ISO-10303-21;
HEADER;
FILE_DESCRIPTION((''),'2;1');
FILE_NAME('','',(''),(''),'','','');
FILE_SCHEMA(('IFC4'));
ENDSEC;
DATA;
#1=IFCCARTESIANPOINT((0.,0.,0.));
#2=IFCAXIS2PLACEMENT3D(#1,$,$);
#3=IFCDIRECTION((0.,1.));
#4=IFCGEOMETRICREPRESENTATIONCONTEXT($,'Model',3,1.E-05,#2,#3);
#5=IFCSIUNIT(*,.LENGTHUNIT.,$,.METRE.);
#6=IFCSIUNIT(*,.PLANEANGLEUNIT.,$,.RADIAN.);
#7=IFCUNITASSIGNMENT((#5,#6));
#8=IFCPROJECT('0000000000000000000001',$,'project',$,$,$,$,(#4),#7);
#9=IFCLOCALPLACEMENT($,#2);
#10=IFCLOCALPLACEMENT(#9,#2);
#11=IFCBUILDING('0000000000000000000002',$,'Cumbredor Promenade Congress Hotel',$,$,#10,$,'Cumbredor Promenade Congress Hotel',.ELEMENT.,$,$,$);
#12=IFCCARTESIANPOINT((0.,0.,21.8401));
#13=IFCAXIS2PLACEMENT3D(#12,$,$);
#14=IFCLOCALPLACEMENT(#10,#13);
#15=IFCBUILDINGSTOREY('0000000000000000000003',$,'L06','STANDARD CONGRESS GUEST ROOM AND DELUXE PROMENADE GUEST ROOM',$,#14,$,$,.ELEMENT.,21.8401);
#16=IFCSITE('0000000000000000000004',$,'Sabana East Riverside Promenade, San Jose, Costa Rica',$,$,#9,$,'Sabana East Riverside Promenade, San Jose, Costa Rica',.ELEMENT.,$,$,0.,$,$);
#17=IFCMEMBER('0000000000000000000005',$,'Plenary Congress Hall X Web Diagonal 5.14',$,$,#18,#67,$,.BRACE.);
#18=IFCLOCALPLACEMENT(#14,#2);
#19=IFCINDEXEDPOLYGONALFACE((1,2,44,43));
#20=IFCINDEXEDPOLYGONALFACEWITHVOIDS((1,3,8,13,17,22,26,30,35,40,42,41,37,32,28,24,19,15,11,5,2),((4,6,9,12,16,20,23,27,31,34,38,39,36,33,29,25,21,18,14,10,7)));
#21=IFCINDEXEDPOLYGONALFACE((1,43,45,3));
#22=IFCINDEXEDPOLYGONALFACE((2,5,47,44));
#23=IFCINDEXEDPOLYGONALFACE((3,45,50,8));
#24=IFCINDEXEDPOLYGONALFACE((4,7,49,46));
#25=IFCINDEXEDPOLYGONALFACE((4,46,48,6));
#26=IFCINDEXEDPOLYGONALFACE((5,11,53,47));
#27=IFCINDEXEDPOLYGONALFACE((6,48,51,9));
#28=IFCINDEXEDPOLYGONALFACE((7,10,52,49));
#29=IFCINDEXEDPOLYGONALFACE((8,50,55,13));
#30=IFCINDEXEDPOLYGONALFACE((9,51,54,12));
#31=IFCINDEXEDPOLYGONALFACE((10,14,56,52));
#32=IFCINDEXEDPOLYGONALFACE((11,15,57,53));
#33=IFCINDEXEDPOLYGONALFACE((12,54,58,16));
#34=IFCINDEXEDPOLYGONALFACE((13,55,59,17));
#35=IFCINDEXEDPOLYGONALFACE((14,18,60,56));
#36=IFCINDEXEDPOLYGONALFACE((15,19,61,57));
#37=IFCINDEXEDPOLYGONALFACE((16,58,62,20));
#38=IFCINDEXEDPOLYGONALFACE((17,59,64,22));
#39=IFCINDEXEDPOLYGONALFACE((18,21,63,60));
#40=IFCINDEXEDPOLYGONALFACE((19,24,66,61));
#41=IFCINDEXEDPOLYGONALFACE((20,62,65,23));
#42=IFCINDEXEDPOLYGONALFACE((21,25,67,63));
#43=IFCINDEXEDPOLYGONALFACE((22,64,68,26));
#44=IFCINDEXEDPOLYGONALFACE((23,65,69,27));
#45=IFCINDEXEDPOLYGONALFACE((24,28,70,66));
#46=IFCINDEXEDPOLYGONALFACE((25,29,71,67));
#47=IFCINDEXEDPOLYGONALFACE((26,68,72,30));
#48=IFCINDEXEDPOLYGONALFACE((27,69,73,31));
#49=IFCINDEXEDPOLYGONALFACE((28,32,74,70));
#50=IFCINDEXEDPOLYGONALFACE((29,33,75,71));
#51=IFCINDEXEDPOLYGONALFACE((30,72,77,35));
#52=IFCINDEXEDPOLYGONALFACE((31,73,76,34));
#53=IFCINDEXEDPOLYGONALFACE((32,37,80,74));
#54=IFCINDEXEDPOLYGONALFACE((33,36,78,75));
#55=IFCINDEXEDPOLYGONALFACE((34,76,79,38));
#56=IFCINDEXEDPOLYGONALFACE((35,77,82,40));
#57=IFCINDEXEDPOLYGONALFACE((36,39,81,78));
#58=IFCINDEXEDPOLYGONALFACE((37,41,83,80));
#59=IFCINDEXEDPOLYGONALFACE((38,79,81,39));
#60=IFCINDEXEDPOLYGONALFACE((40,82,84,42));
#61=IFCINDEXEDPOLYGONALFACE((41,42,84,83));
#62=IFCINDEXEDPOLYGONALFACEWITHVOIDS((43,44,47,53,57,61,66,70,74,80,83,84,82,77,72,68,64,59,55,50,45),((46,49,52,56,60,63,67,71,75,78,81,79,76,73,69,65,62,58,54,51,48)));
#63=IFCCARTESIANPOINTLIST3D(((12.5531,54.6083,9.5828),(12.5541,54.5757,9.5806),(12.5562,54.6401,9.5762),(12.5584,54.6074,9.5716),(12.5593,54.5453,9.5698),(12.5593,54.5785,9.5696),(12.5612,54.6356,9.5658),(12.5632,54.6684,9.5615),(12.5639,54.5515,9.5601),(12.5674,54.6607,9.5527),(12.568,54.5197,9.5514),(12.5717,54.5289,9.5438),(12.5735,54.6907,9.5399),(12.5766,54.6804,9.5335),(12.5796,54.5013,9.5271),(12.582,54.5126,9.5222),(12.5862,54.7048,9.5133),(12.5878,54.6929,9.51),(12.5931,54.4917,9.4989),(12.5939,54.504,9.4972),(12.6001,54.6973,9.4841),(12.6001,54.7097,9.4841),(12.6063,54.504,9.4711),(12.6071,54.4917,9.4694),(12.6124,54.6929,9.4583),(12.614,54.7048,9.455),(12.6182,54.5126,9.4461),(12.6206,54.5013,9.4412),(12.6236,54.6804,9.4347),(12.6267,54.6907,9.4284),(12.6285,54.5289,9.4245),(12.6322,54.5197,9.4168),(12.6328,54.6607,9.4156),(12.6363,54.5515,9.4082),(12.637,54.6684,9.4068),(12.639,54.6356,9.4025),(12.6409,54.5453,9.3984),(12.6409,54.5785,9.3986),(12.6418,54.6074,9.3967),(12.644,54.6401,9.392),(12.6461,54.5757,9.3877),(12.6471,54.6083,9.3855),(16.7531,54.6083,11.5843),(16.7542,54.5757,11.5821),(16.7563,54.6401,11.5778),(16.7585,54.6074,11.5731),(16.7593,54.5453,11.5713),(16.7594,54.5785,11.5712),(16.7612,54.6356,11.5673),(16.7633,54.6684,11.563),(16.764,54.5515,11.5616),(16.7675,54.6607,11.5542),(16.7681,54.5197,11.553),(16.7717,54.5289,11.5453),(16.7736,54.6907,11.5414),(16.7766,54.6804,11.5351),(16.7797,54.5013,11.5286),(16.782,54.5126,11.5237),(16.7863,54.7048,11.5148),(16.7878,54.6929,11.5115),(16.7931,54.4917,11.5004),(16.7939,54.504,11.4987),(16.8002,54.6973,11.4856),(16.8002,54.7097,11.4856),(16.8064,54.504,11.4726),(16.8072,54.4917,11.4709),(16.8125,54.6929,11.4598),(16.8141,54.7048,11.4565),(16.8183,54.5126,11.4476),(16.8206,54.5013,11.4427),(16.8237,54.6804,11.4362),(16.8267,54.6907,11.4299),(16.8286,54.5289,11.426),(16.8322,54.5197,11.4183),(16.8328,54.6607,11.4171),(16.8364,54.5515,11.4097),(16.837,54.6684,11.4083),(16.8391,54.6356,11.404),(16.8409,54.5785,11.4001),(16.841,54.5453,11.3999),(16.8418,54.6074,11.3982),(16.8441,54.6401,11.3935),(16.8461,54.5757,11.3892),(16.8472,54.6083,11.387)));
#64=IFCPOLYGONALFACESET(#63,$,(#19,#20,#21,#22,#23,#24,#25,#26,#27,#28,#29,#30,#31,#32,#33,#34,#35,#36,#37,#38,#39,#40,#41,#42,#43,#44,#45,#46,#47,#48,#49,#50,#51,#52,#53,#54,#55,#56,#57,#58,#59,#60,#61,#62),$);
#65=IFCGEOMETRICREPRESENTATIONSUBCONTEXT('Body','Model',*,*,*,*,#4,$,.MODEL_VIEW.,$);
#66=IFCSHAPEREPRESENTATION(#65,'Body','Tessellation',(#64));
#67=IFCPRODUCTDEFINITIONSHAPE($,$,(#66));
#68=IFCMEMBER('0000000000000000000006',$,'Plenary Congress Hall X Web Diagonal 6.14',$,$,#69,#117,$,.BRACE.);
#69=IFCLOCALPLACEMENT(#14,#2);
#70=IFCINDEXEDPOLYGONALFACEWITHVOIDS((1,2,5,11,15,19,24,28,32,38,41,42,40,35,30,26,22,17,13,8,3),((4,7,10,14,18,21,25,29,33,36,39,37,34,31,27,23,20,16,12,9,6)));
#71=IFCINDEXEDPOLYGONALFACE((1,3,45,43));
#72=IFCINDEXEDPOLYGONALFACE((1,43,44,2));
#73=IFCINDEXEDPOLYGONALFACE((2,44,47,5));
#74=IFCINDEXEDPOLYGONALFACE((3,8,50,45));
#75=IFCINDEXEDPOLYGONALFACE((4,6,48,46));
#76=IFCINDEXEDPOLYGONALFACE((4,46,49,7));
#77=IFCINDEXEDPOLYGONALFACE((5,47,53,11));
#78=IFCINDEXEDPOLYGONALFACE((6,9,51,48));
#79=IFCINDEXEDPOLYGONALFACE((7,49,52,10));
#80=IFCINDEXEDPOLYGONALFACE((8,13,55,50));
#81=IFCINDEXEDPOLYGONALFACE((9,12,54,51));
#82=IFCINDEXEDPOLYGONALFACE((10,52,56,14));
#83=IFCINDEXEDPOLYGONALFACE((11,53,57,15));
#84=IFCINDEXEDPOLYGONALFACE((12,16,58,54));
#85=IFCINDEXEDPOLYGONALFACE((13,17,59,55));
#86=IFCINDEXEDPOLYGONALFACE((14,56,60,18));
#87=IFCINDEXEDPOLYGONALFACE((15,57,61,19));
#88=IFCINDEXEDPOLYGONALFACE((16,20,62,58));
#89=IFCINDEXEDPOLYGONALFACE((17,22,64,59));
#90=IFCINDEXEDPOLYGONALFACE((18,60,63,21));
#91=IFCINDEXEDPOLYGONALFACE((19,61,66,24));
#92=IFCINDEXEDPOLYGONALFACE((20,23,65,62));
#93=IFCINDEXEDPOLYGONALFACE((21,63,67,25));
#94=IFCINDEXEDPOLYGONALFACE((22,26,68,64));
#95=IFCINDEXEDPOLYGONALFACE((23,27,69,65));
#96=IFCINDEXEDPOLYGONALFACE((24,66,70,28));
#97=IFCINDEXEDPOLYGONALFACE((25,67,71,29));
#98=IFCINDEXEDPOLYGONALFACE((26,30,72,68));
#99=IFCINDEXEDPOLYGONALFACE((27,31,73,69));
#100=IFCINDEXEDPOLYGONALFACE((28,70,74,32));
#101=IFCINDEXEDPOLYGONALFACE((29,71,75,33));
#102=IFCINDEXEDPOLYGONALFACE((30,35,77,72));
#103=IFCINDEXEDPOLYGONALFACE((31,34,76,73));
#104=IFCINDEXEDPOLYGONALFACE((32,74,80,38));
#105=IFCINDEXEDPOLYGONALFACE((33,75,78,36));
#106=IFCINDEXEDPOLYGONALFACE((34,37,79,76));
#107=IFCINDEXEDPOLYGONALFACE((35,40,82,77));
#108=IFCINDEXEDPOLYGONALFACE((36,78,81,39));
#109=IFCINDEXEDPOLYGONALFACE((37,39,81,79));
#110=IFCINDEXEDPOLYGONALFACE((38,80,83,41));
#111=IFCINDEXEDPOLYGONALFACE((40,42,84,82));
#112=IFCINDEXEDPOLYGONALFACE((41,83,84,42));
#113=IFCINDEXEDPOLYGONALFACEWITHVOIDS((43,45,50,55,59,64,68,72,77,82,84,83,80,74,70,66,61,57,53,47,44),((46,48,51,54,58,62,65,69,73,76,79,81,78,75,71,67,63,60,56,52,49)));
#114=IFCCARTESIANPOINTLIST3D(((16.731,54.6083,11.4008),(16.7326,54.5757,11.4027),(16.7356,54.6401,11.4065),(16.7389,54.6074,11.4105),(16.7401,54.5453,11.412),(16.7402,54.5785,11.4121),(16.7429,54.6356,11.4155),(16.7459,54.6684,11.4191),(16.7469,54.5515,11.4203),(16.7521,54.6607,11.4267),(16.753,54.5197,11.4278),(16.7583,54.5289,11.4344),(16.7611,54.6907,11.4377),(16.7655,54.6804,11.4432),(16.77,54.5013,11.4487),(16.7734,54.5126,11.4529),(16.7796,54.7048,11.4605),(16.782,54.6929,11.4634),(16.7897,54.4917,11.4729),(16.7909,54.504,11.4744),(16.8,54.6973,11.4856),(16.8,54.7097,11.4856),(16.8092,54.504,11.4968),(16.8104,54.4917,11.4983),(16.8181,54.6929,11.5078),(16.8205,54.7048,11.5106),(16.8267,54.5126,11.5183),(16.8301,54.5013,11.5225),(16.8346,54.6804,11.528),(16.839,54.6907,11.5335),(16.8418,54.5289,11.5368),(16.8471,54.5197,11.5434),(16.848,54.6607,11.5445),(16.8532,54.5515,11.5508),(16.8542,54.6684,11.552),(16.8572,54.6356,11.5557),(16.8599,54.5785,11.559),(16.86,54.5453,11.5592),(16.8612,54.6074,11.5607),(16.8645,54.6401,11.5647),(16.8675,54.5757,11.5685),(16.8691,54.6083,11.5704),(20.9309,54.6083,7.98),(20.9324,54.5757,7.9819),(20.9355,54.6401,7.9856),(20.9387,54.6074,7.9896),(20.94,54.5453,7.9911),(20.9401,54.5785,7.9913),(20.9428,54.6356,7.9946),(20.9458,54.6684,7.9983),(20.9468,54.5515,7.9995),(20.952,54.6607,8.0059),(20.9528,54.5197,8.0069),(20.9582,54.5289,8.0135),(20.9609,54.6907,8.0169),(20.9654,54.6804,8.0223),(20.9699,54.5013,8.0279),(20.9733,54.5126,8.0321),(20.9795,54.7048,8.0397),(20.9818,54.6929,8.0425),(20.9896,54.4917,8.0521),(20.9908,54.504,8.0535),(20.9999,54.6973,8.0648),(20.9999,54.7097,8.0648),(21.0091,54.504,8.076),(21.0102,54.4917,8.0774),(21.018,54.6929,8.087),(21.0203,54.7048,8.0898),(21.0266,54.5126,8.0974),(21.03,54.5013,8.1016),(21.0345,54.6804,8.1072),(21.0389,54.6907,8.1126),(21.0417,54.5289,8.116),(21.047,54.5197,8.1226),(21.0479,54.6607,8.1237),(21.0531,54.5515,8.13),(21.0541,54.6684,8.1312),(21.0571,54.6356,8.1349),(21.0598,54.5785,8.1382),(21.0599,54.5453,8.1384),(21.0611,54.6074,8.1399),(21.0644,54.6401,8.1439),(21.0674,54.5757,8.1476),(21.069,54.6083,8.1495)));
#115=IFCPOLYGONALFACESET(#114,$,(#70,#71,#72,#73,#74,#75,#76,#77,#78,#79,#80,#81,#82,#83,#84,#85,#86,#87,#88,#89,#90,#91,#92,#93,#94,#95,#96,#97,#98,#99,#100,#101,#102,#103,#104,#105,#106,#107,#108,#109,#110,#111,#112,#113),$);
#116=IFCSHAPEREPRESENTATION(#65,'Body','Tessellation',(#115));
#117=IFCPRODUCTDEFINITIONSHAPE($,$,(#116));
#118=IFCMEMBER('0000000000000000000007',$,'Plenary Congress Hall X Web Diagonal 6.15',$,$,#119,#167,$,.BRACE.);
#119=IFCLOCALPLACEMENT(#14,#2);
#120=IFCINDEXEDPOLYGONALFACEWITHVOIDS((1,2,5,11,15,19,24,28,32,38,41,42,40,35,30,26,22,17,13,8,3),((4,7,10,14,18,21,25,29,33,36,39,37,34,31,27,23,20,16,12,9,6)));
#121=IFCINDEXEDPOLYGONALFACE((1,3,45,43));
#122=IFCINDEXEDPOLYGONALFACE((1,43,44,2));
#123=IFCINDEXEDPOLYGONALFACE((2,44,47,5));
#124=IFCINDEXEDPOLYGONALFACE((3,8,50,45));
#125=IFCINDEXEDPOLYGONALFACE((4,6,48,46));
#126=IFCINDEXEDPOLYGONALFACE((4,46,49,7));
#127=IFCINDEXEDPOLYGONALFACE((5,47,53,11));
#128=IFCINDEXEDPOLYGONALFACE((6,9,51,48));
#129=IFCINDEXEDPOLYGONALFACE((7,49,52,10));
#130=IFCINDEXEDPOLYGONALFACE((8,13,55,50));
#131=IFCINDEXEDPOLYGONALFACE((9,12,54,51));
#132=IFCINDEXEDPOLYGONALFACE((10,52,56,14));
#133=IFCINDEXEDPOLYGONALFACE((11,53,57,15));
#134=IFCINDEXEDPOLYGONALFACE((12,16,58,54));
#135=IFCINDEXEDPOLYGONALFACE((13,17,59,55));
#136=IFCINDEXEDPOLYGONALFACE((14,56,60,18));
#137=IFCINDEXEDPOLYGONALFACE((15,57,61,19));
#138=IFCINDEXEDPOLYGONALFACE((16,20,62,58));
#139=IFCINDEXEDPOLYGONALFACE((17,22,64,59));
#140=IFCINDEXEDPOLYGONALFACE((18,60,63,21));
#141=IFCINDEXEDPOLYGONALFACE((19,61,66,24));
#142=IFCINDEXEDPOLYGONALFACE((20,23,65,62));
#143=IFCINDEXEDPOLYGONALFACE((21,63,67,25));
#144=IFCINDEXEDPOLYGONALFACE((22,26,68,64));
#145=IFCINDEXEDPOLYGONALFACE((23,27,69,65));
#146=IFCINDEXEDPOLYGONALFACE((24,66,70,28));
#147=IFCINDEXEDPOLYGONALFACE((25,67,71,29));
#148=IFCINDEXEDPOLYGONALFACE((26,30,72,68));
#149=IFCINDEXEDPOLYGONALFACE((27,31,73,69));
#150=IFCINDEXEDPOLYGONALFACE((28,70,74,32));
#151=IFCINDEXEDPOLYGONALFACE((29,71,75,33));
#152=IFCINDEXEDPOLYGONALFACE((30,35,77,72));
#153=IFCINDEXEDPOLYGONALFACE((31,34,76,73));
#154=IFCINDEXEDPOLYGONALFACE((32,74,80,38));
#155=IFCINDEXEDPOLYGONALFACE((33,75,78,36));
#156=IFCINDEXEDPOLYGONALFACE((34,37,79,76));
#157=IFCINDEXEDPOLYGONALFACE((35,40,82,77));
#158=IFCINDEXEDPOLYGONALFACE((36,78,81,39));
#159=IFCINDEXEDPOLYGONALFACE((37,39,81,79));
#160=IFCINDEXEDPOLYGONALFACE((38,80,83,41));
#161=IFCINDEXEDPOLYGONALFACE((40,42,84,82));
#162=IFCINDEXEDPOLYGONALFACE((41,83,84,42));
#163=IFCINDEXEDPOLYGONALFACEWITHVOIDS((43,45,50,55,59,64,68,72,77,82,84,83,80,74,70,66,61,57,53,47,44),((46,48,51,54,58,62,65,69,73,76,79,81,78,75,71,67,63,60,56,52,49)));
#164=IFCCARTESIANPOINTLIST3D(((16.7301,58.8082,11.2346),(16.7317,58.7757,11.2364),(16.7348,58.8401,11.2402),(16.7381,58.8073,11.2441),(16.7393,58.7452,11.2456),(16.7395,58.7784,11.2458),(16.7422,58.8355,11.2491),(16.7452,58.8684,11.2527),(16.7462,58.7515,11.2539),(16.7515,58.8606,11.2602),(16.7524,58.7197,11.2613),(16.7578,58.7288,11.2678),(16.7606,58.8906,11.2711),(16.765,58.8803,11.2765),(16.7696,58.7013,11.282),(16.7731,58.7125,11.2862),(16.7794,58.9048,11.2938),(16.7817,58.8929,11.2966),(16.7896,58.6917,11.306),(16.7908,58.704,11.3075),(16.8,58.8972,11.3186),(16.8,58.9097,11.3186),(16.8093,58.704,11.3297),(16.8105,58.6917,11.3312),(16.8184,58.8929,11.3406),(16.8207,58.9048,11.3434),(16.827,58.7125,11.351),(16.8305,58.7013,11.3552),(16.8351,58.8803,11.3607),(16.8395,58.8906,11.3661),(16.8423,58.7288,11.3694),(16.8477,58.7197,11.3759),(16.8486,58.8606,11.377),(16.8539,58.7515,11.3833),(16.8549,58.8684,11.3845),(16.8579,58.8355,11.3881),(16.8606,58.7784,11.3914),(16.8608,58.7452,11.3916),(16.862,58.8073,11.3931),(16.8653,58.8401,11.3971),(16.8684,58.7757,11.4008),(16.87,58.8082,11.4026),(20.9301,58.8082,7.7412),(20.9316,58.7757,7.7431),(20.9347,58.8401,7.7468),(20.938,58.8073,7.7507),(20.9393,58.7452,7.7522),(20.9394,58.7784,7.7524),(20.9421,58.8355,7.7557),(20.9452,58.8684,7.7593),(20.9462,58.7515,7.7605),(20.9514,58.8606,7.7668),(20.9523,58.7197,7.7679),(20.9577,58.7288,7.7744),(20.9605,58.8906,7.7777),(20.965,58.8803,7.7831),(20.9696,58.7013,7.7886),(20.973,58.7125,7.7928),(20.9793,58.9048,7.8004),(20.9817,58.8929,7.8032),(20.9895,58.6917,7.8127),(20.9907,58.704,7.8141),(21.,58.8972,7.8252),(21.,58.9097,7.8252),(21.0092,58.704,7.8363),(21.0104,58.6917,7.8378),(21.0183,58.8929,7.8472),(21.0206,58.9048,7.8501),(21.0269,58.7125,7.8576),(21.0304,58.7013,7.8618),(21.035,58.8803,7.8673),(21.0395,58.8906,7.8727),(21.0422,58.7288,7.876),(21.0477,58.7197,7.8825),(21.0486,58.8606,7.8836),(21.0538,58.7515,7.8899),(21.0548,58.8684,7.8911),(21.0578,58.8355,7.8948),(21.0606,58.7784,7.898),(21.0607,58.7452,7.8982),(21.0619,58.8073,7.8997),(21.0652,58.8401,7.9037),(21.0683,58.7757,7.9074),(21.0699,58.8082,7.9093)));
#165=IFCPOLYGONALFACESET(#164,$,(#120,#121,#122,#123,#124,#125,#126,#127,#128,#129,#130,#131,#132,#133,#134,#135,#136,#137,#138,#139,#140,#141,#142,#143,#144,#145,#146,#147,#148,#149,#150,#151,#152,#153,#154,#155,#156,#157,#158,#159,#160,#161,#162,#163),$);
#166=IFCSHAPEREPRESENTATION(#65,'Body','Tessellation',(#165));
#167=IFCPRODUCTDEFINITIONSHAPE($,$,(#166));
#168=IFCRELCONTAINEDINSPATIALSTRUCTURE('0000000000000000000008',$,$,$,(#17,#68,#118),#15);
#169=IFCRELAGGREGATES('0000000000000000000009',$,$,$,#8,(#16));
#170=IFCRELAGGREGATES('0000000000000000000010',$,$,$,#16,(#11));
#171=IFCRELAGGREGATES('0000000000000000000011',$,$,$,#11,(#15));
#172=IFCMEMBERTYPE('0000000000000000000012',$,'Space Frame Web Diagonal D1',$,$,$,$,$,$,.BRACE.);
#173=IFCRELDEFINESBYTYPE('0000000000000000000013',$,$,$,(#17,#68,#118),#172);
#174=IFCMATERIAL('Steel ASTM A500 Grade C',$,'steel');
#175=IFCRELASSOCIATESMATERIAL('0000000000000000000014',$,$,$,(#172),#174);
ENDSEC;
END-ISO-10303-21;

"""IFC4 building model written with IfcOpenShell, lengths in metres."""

from ifc_helpers import new_model, si_unit, direction, frame, origin, origin_2d, place, context, subcontext, project, spatial, hollow_circle, extrude, material, material_profile, profile_set, type_object, element, save


model = new_model("IFC4")

# Units and contexts
model_context = context("Model", 3, precision=1e-05, world=origin(), true_north=direction((0.0, 1.0)))
body_context = subcontext(model_context, "Body", "Model", "MODEL_VIEW")
ifc_project = project(units=[si_unit("LENGTHUNIT", "METRE"), si_unit("PLANEANGLEUNIT", "RADIAN")], contexts=[model_context])

# Site, building, storey
site_placement = place(None, origin())
site = spatial("IfcSite", under=ifc_project, at=site_placement, Name="Sabana East Riverside Promenade, San Jose, Costa Rica", LongName="Sabana East Riverside Promenade, San Jose, Costa Rica", CompositionType="ELEMENT", RefElevation=0.0)
building_placement = place(site_placement, origin())
building = spatial("IfcBuilding", under=site, at=building_placement, Name="Cumbredor Promenade Congress Hotel", LongName="Cumbredor Promenade Congress Hotel", CompositionType="ELEMENT")
storey_placement = place(building_placement, frame((0.0, 0.0, 21.8401)))
storey = spatial("IfcBuildingStorey", under=building, at=storey_placement, Name="L06", Description="STANDARD CONGRESS GUEST ROOM AND DELUXE PROMENADE GUEST ROOM", CompositionType="ELEMENT", Elevation=21.8401)

# Members
ifc_material_1 = material(Name="Steel ASTM A500 Grade C", Category="steel")
ifc_material_profile_1 = material_profile(ifc_material_1, hollow_circle(Radius=0.1096, WallThickness=0.0125, at=origin_2d()), Name="CHS 219.1x12.5")
ifc_profile_set_1 = profile_set([ifc_material_profile_1], Name="Steel ASTM A500 Grade C")
member_type_1 = type_object("IfcMemberType", Name="Space Frame Web Diagonal D1", PredefinedType="BRACE", material=ifc_profile_set_1)
member_1_placement = place(storey_placement, frame((12.6001, 54.6001, 9.4841), z_axis=(0.902736, 0.0, 0.430194), x_axis=(0.0, 1.0, 0.0)))
element("IfcMember", 1, at=member_1_placement, inside=storey, type_object=member_type_1, Name="Plenary Congress Hall X Web Diagonal 5.14", PredefinedType="BRACE", context=body_context, shape_type="SweptSolid", body=[
    extrude(hollow_circle(Radius=0.1096, WallThickness=0.0125, at=origin_2d()), origin(), (0.0, 0.0, 1.0), 4.6526),
])
member_2_placement = place(storey_placement, frame((16.8, 54.6001, 11.4856), z_axis=(0.775351, 0.0, -0.63153), x_axis=(0.0, 1.0, 0.0)))
element("IfcMember", 2, at=member_2_placement, inside=storey, type_object=member_type_1, Name="Plenary Congress Hall X Web Diagonal 6.14", PredefinedType="BRACE", context=body_context, shape_type="SweptSolid", body=[
    extrude(hollow_circle(Radius=0.1096, WallThickness=0.0125, at=origin_2d()), origin(), (0.0, 0.0, 1.0), 5.4167),
])
member_3_placement = place(storey_placement, frame((16.8, 58.8, 11.3186), z_axis=(0.768811, 0.0, -0.639476), x_axis=(0.0, 1.0, 0.0)))
element("IfcMember", 3, at=member_3_placement, inside=storey, type_object=member_type_1, Name="Plenary Congress Hall X Web Diagonal 6.15", PredefinedType="BRACE", context=body_context, shape_type="SweptSolid", body=[
    extrude(hollow_circle(Radius=0.1096, WallThickness=0.0125, at=origin_2d()), origin(), (0.0, 0.0, 1.0), 5.4629),
])

save(model, "model.ifc")
